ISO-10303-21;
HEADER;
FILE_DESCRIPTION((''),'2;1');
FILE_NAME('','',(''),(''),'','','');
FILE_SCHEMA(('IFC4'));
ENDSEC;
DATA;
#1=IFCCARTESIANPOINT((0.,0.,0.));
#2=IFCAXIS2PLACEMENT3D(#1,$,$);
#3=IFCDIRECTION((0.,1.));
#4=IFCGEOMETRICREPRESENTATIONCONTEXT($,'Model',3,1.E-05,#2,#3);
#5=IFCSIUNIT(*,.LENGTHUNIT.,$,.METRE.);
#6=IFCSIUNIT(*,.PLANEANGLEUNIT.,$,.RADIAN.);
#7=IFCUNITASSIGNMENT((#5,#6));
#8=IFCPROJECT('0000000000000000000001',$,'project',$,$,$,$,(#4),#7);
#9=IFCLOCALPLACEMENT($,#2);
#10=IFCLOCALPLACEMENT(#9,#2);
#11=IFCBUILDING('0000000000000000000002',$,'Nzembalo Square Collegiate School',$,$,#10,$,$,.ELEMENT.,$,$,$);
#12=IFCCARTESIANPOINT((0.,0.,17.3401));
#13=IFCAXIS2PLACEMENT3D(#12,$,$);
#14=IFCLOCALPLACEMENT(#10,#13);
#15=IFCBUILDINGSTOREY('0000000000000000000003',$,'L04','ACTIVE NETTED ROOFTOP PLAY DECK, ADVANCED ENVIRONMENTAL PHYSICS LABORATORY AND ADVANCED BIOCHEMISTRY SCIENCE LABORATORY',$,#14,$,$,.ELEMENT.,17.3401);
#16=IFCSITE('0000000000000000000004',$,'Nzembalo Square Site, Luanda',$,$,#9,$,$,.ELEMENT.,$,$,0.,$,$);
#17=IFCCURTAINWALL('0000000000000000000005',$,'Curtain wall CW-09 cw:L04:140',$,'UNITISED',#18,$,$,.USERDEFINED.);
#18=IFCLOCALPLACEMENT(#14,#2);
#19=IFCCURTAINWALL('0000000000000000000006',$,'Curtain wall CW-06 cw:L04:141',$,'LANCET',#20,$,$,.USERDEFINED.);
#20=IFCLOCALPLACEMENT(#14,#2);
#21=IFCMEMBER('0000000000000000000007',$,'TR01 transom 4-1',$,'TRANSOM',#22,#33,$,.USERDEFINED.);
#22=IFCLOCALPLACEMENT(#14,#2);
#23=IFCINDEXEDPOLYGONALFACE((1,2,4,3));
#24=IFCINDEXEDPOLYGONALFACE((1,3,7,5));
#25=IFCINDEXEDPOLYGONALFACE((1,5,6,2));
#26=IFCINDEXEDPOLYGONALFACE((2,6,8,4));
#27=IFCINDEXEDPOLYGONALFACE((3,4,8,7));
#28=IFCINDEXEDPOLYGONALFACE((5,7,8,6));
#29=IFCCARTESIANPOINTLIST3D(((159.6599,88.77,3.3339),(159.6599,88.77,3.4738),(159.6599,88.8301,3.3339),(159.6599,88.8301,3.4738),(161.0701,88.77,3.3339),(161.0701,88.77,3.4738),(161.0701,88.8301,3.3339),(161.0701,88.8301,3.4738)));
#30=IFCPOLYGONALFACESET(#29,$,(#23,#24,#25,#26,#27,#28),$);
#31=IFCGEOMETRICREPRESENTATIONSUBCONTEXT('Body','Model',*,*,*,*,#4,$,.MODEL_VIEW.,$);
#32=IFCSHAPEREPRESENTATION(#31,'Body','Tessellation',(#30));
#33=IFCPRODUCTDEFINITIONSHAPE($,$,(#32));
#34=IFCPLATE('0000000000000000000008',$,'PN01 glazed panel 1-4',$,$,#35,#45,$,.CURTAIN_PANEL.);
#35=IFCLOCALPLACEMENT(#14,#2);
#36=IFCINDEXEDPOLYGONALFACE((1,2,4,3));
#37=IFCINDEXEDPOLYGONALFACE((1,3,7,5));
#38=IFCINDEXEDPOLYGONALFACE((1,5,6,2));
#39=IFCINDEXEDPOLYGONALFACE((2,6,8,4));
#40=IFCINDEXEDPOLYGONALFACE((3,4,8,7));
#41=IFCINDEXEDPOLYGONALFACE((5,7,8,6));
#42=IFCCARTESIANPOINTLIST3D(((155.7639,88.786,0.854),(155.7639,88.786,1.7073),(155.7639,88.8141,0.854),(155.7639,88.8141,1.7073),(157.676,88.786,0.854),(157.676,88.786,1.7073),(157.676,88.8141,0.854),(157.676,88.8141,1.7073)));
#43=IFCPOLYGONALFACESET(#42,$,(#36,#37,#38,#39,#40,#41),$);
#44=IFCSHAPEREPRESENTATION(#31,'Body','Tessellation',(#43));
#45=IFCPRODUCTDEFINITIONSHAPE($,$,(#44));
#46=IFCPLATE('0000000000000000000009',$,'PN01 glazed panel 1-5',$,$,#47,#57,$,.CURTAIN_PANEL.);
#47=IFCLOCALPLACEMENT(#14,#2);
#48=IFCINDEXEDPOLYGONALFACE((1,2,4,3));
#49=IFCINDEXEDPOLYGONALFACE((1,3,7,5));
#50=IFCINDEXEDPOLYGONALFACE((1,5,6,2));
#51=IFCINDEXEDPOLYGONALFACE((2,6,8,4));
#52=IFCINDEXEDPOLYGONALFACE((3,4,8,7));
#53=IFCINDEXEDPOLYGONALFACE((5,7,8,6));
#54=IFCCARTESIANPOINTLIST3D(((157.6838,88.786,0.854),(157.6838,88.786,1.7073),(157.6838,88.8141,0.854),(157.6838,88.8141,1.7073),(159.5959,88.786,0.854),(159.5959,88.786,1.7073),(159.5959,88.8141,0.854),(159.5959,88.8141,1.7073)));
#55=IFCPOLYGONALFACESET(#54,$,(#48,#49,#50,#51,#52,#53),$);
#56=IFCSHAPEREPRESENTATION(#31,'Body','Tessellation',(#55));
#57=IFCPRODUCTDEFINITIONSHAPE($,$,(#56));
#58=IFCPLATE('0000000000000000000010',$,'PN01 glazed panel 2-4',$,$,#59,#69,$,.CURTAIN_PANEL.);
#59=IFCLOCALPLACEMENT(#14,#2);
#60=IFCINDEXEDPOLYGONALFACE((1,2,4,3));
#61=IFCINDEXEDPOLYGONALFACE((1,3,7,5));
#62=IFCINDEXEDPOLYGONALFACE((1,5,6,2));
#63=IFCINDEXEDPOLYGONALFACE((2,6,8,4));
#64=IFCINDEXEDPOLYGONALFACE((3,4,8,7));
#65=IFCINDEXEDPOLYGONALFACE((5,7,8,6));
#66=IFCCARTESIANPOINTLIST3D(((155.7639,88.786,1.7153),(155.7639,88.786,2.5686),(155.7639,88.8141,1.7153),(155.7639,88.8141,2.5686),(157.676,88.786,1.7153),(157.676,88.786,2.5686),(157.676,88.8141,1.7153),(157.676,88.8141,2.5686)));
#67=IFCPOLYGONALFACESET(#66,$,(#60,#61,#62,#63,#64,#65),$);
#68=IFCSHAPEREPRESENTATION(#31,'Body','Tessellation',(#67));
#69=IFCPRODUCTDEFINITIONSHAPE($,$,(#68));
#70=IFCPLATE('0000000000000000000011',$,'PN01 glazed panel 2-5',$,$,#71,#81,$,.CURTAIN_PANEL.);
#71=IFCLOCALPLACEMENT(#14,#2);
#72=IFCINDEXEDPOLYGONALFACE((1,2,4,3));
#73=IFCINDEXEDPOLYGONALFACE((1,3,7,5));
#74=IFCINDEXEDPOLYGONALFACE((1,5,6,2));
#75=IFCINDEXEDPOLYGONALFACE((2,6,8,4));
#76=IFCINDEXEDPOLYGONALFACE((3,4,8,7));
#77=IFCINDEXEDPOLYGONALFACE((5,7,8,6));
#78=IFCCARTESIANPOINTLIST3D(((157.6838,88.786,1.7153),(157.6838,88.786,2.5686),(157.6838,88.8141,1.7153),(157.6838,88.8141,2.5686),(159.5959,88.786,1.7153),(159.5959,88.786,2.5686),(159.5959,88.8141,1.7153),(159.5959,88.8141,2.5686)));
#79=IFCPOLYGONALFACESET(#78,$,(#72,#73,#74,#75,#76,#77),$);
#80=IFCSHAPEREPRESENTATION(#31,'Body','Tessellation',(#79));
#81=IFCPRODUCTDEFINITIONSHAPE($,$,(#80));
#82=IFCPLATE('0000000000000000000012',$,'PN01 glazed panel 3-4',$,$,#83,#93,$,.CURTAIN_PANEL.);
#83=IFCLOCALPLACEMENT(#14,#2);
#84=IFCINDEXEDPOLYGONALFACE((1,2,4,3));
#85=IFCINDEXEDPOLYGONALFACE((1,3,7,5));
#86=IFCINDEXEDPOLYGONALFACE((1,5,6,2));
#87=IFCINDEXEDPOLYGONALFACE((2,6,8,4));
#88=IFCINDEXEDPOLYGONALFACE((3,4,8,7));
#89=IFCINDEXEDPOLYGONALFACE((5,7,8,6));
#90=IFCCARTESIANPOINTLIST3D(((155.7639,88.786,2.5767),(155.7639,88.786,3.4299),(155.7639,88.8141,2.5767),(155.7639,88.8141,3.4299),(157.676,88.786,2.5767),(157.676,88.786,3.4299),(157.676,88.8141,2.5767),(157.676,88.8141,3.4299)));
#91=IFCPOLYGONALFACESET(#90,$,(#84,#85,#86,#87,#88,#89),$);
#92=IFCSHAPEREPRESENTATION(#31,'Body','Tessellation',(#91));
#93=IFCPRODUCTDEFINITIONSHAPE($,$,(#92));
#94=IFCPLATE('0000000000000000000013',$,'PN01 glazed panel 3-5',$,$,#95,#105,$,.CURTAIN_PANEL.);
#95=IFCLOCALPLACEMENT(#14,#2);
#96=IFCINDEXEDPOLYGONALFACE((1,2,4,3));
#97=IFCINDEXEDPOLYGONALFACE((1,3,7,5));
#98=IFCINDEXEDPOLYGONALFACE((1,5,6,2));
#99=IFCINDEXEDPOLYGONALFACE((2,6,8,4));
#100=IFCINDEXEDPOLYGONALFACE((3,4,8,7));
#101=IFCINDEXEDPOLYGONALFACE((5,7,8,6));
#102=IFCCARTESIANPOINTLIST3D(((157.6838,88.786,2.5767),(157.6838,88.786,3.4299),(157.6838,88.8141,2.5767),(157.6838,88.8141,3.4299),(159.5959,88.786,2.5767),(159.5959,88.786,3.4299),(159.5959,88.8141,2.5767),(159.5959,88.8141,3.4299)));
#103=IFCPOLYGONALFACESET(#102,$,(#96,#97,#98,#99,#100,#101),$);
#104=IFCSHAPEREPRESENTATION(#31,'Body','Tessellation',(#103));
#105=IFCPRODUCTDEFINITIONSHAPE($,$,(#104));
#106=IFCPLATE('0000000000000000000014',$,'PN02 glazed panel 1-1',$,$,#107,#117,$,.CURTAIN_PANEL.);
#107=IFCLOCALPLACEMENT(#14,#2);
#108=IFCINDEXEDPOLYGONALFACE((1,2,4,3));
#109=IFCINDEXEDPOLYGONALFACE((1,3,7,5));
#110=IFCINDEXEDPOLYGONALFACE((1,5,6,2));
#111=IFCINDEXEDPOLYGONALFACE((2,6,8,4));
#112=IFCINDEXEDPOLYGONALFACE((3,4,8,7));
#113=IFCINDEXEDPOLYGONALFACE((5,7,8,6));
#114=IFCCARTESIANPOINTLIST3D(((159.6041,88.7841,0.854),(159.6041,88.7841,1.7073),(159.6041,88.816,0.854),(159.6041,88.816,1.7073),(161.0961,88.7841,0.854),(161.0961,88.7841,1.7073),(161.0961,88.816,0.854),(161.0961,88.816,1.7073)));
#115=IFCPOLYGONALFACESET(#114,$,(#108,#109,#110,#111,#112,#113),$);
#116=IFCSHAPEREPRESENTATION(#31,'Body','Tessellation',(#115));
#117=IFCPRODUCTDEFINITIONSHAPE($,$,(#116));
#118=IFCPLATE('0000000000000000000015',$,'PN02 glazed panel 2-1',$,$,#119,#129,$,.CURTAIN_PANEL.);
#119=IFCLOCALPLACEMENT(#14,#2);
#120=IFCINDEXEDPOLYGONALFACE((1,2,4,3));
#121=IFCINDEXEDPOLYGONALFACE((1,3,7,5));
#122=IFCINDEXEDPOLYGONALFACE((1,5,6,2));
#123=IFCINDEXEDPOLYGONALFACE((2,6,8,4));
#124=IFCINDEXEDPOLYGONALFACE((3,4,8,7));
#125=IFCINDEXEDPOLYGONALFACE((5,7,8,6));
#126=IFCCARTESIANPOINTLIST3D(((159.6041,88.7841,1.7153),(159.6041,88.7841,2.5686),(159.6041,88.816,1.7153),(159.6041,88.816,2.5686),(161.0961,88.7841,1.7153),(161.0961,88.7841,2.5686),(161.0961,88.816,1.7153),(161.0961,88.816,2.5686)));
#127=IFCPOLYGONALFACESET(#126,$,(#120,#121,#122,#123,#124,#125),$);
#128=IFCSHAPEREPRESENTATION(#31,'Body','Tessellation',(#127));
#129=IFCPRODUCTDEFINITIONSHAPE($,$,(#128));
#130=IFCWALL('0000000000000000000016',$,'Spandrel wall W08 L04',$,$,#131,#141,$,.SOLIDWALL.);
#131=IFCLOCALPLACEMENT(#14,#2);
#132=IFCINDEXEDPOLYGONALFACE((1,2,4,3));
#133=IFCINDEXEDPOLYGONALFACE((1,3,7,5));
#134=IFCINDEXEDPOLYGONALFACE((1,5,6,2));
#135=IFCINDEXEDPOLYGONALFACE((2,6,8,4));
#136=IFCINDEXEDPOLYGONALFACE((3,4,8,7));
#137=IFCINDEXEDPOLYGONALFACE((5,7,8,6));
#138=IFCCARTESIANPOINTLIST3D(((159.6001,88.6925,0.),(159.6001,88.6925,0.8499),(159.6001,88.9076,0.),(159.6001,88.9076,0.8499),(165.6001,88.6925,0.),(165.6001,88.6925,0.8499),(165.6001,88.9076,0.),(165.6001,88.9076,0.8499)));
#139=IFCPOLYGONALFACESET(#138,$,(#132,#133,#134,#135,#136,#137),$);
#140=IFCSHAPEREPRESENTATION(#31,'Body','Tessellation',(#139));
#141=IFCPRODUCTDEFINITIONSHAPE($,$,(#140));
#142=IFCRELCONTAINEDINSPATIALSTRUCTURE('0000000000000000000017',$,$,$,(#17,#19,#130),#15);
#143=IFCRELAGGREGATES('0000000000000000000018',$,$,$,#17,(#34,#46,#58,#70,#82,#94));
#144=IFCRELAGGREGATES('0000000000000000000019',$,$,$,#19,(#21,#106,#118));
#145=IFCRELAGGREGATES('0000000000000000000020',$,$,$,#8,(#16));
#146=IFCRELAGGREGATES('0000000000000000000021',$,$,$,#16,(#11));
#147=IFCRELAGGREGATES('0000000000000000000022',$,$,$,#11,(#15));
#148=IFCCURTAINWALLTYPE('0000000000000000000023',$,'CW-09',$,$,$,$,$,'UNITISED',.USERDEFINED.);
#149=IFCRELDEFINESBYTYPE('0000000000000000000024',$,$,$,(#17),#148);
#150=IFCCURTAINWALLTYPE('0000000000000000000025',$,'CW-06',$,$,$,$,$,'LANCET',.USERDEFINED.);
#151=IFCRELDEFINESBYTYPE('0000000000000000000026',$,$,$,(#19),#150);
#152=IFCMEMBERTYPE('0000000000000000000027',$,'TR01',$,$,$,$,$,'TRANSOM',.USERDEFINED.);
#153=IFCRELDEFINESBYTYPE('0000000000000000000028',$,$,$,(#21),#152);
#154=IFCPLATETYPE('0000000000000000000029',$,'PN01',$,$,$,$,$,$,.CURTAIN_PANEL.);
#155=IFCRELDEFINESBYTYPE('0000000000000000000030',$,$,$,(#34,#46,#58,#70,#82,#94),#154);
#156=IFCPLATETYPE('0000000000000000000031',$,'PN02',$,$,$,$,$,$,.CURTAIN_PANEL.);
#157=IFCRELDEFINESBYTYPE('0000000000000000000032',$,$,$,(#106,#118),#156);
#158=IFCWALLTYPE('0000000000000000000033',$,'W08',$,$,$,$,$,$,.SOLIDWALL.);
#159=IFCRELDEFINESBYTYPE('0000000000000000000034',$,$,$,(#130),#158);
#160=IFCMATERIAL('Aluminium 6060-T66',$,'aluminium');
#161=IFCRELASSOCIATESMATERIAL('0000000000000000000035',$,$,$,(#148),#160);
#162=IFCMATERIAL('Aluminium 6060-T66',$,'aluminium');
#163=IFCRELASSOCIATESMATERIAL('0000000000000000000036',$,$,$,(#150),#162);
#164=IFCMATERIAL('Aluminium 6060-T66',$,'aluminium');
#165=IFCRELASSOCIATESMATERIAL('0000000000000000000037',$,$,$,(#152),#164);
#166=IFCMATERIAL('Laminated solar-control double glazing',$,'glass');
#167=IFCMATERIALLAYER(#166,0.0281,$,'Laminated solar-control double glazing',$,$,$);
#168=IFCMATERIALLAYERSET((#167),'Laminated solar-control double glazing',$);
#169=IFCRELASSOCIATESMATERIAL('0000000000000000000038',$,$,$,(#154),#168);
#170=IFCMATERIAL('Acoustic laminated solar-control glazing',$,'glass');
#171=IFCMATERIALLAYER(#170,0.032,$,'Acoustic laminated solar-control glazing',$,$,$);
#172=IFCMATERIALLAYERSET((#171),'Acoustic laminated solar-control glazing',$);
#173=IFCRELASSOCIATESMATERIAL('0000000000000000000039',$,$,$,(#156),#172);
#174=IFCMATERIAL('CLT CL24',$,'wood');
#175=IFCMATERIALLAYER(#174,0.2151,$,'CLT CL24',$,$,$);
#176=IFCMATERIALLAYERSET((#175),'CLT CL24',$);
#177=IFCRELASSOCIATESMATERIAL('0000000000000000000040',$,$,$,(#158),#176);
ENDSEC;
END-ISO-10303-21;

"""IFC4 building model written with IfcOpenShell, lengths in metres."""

from ifc_helpers import new_model, si_unit, direction, frame, frame_2d, origin, origin_2d, place, context, subcontext, project, spatial, rectangle, extrude, material, layer, layer_set, material_profile, profile_set, type_object, element, aggregate, save


model = new_model("IFC4")

# Units and contexts
model_context = context("Model", 3, precision=1e-05, world=origin(), true_north=direction((0.0, 1.0)))
body_context = subcontext(model_context, "Body", "Model", "MODEL_VIEW")
ifc_project = project(units=[si_unit("LENGTHUNIT", "METRE"), si_unit("PLANEANGLEUNIT", "RADIAN")], contexts=[model_context])

# Site, building, storey
site_placement = place(None, origin())
site = spatial("IfcSite", under=ifc_project, at=site_placement, Name="Nzembalo Square Site, Luanda", CompositionType="ELEMENT", RefElevation=0.0)
building_placement = place(site_placement, origin())
building = spatial("IfcBuilding", under=site, at=building_placement, Name="Nzembalo Square Collegiate School", CompositionType="ELEMENT")
storey_placement = place(building_placement, frame((0.0, 0.0, 17.3401)))
storey = spatial("IfcBuildingStorey", under=building, at=storey_placement, Name="L04", Description="ACTIVE NETTED ROOFTOP PLAY DECK, ADVANCED ENVIRONMENTAL PHYSICS LABORATORY AND ADVANCED BIOCHEMISTRY SCIENCE LABORATORY", CompositionType="ELEMENT", Elevation=17.3401)

# Curtain wall
ifc_material_1 = material(Name="Aluminium 6060-T66", Category="aluminium")
curtain_wall_type_1 = type_object("IfcCurtainWallType", Name="CW-09", ElementType="UNITISED", PredefinedType="USERDEFINED", material=ifc_material_1)
curtain_wall_1_placement = place(storey_placement, origin())
curtain_wall_1 = element("IfcCurtainWall", 1, at=curtain_wall_1_placement, inside=storey, type_object=curtain_wall_type_1, Name="Curtain wall CW-09 cw:L04:140", ObjectType="UNITISED", PredefinedType="USERDEFINED")

# Curtain wall
ifc_material_2 = material(Name="Aluminium 6060-T66", Category="aluminium")
curtain_wall_type_2 = type_object("IfcCurtainWallType", Name="CW-06", ElementType="LANCET", PredefinedType="USERDEFINED", material=ifc_material_2)
curtain_wall_2_placement = place(storey_placement, origin())
curtain_wall_2 = element("IfcCurtainWall", 2, at=curtain_wall_2_placement, inside=storey, type_object=curtain_wall_type_2, Name="Curtain wall CW-06 cw:L04:141", ObjectType="LANCET", PredefinedType="USERDEFINED")

# Member
ifc_material_3 = material(Name="Aluminium 6060-T66", Category="aluminium")
ifc_material_profile_1 = material_profile(ifc_material_3, rectangle(XDim=0.0601, YDim=0.1399, at=origin_2d()), Name="ALU T60x140")
ifc_profile_set_1 = profile_set([ifc_material_profile_1], Name="Aluminium 6060-T66")
member_type_1 = type_object("IfcMemberType", Name="TR01", ElementType="TRANSOM", PredefinedType="USERDEFINED", material=ifc_profile_set_1)
member_1_placement = place(storey_placement, frame((159.6599, 88.8, 3.4038), z_axis=(1.0, 0.0, 0.0), x_axis=(0.0, 1.0, 0.0)))
member_1 = element("IfcMember", 3, at=member_1_placement, type_object=member_type_1, Name="TR01 transom 4-1", ObjectType="TRANSOM", PredefinedType="USERDEFINED", context=body_context, shape_type="SweptSolid", body=[
    extrude(rectangle(XDim=0.0601, YDim=0.1399, at=origin_2d()), origin(), (0.0, 0.0, 1.0), 1.4102),
])

# Plates
ifc_material_4 = material(Name="Laminated solar-control double glazing", Category="glass")
ifc_layer_1 = layer(ifc_material_4, 0.0281, Name="Laminated solar-control double glazing")
ifc_layer_set_1 = layer_set([ifc_layer_1], Name="Laminated solar-control double glazing")
plate_type_1 = type_object("IfcPlateType", Name="PN01", PredefinedType="CURTAIN_PANEL", material=ifc_layer_set_1)
plate_1_placement = place(storey_placement, frame((156.72, 88.8, 0.854), z_axis=(0.0, 0.0, 1.0), x_axis=(1.0, 0.0, 0.0)))
plate_1 = element("IfcPlate", 4, at=plate_1_placement, type_object=plate_type_1, Name="PN01 glazed panel 1-4", PredefinedType="CURTAIN_PANEL", context=body_context, shape_type="SweptSolid", body=[
    extrude(rectangle(XDim=1.9121, YDim=0.0281, at=origin_2d()), origin(), (0.0, 0.0, 1.0), 0.8533),
])
plate_2_placement = place(storey_placement, frame((158.6399, 88.8, 0.854), z_axis=(0.0, 0.0, 1.0), x_axis=(1.0, 0.0, 0.0)))
plate_2 = element("IfcPlate", 5, at=plate_2_placement, type_object=plate_type_1, Name="PN01 glazed panel 1-5", PredefinedType="CURTAIN_PANEL", context=body_context, shape_type="SweptSolid", body=[
    extrude(rectangle(XDim=1.9121, YDim=0.0281, at=origin_2d()), origin(), (0.0, 0.0, 1.0), 0.8533),
])
plate_3_placement = place(storey_placement, frame((156.72, 88.8, 1.7153), z_axis=(0.0, 0.0, 1.0), x_axis=(1.0, 0.0, 0.0)))
plate_3 = element("IfcPlate", 6, at=plate_3_placement, type_object=plate_type_1, Name="PN01 glazed panel 2-4", PredefinedType="CURTAIN_PANEL", context=body_context, shape_type="SweptSolid", body=[
    extrude(rectangle(XDim=1.9121, YDim=0.0281, at=origin_2d()), origin(), (0.0, 0.0, 1.0), 0.8533),
])
plate_4_placement = place(storey_placement, frame((158.6399, 88.8, 1.7153), z_axis=(0.0, 0.0, 1.0), x_axis=(1.0, 0.0, 0.0)))
plate_4 = element("IfcPlate", 7, at=plate_4_placement, type_object=plate_type_1, Name="PN01 glazed panel 2-5", PredefinedType="CURTAIN_PANEL", context=body_context, shape_type="SweptSolid", body=[
    extrude(rectangle(XDim=1.9121, YDim=0.0281, at=origin_2d()), origin(), (0.0, 0.0, 1.0), 0.8533),
])
plate_5_placement = place(storey_placement, frame((156.72, 88.8, 2.5767), z_axis=(0.0, 0.0, 1.0), x_axis=(1.0, 0.0, 0.0)))
plate_5 = element("IfcPlate", 8, at=plate_5_placement, type_object=plate_type_1, Name="PN01 glazed panel 3-4", PredefinedType="CURTAIN_PANEL", context=body_context, shape_type="SweptSolid", body=[
    extrude(rectangle(XDim=1.9121, YDim=0.0281, at=origin_2d()), origin(), (0.0, 0.0, 1.0), 0.8533),
])
plate_6_placement = place(storey_placement, frame((158.6399, 88.8, 2.5767), z_axis=(0.0, 0.0, 1.0), x_axis=(1.0, 0.0, 0.0)))
plate_6 = element("IfcPlate", 9, at=plate_6_placement, type_object=plate_type_1, Name="PN01 glazed panel 3-5", PredefinedType="CURTAIN_PANEL", context=body_context, shape_type="SweptSolid", body=[
    extrude(rectangle(XDim=1.9121, YDim=0.0281, at=origin_2d()), origin(), (0.0, 0.0, 1.0), 0.8533),
])
aggregate(curtain_wall_1, [plate_1, plate_2, plate_3, plate_4, plate_5, plate_6])
ifc_material_5 = material(Name="Acoustic laminated solar-control glazing", Category="glass")
ifc_layer_2 = layer(ifc_material_5, 0.032, Name="Acoustic laminated solar-control glazing")
ifc_layer_set_2 = layer_set([ifc_layer_2], Name="Acoustic laminated solar-control glazing")
plate_type_2 = type_object("IfcPlateType", Name="PN02", PredefinedType="CURTAIN_PANEL", material=ifc_layer_set_2)
plate_7_placement = place(storey_placement, frame((160.3501, 88.8, 0.854), z_axis=(0.0, 0.0, 1.0), x_axis=(1.0, 0.0, 0.0)))
plate_7 = element("IfcPlate", 10, at=plate_7_placement, type_object=plate_type_2, Name="PN02 glazed panel 1-1", PredefinedType="CURTAIN_PANEL", context=body_context, shape_type="SweptSolid", body=[
    extrude(rectangle(XDim=1.4919, YDim=0.032, at=origin_2d()), origin(), (0.0, 0.0, 1.0), 0.8533),
])
plate_8_placement = place(storey_placement, frame((160.3501, 88.8, 1.7153), z_axis=(0.0, 0.0, 1.0), x_axis=(1.0, 0.0, 0.0)))
plate_8 = element("IfcPlate", 11, at=plate_8_placement, type_object=plate_type_2, Name="PN02 glazed panel 2-1", PredefinedType="CURTAIN_PANEL", context=body_context, shape_type="SweptSolid", body=[
    extrude(rectangle(XDim=1.4919, YDim=0.032, at=origin_2d()), origin(), (0.0, 0.0, 1.0), 0.8533),
])
aggregate(curtain_wall_2, [member_1, plate_7, plate_8])

# Wall
ifc_material_6 = material(Name="CLT CL24", Category="wood")
ifc_layer_3 = layer(ifc_material_6, 0.2151, Name="CLT CL24")
ifc_layer_set_3 = layer_set([ifc_layer_3], Name="CLT CL24")
wall_type = type_object("IfcWallType", Name="W08", PredefinedType="SOLIDWALL", material=ifc_layer_set_3)
wall_placement = place(storey_placement, frame((159.6001, 88.8, 0.0), z_axis=(0.0, 0.0, 1.0), x_axis=(1.0, 0.0, 0.0)))
element("IfcWall", 12, at=wall_placement, inside=storey, type_object=wall_type, Name="Spandrel wall W08 L04", PredefinedType="SOLIDWALL", context=body_context, shape_type="SweptSolid", body=[
    extrude(rectangle(XDim=6.0, YDim=0.2151, at=frame_2d((3.0, 0.0))), origin(), (0.0, 0.0, 1.0), 0.8499),
])

save(model, "model.ifc")
